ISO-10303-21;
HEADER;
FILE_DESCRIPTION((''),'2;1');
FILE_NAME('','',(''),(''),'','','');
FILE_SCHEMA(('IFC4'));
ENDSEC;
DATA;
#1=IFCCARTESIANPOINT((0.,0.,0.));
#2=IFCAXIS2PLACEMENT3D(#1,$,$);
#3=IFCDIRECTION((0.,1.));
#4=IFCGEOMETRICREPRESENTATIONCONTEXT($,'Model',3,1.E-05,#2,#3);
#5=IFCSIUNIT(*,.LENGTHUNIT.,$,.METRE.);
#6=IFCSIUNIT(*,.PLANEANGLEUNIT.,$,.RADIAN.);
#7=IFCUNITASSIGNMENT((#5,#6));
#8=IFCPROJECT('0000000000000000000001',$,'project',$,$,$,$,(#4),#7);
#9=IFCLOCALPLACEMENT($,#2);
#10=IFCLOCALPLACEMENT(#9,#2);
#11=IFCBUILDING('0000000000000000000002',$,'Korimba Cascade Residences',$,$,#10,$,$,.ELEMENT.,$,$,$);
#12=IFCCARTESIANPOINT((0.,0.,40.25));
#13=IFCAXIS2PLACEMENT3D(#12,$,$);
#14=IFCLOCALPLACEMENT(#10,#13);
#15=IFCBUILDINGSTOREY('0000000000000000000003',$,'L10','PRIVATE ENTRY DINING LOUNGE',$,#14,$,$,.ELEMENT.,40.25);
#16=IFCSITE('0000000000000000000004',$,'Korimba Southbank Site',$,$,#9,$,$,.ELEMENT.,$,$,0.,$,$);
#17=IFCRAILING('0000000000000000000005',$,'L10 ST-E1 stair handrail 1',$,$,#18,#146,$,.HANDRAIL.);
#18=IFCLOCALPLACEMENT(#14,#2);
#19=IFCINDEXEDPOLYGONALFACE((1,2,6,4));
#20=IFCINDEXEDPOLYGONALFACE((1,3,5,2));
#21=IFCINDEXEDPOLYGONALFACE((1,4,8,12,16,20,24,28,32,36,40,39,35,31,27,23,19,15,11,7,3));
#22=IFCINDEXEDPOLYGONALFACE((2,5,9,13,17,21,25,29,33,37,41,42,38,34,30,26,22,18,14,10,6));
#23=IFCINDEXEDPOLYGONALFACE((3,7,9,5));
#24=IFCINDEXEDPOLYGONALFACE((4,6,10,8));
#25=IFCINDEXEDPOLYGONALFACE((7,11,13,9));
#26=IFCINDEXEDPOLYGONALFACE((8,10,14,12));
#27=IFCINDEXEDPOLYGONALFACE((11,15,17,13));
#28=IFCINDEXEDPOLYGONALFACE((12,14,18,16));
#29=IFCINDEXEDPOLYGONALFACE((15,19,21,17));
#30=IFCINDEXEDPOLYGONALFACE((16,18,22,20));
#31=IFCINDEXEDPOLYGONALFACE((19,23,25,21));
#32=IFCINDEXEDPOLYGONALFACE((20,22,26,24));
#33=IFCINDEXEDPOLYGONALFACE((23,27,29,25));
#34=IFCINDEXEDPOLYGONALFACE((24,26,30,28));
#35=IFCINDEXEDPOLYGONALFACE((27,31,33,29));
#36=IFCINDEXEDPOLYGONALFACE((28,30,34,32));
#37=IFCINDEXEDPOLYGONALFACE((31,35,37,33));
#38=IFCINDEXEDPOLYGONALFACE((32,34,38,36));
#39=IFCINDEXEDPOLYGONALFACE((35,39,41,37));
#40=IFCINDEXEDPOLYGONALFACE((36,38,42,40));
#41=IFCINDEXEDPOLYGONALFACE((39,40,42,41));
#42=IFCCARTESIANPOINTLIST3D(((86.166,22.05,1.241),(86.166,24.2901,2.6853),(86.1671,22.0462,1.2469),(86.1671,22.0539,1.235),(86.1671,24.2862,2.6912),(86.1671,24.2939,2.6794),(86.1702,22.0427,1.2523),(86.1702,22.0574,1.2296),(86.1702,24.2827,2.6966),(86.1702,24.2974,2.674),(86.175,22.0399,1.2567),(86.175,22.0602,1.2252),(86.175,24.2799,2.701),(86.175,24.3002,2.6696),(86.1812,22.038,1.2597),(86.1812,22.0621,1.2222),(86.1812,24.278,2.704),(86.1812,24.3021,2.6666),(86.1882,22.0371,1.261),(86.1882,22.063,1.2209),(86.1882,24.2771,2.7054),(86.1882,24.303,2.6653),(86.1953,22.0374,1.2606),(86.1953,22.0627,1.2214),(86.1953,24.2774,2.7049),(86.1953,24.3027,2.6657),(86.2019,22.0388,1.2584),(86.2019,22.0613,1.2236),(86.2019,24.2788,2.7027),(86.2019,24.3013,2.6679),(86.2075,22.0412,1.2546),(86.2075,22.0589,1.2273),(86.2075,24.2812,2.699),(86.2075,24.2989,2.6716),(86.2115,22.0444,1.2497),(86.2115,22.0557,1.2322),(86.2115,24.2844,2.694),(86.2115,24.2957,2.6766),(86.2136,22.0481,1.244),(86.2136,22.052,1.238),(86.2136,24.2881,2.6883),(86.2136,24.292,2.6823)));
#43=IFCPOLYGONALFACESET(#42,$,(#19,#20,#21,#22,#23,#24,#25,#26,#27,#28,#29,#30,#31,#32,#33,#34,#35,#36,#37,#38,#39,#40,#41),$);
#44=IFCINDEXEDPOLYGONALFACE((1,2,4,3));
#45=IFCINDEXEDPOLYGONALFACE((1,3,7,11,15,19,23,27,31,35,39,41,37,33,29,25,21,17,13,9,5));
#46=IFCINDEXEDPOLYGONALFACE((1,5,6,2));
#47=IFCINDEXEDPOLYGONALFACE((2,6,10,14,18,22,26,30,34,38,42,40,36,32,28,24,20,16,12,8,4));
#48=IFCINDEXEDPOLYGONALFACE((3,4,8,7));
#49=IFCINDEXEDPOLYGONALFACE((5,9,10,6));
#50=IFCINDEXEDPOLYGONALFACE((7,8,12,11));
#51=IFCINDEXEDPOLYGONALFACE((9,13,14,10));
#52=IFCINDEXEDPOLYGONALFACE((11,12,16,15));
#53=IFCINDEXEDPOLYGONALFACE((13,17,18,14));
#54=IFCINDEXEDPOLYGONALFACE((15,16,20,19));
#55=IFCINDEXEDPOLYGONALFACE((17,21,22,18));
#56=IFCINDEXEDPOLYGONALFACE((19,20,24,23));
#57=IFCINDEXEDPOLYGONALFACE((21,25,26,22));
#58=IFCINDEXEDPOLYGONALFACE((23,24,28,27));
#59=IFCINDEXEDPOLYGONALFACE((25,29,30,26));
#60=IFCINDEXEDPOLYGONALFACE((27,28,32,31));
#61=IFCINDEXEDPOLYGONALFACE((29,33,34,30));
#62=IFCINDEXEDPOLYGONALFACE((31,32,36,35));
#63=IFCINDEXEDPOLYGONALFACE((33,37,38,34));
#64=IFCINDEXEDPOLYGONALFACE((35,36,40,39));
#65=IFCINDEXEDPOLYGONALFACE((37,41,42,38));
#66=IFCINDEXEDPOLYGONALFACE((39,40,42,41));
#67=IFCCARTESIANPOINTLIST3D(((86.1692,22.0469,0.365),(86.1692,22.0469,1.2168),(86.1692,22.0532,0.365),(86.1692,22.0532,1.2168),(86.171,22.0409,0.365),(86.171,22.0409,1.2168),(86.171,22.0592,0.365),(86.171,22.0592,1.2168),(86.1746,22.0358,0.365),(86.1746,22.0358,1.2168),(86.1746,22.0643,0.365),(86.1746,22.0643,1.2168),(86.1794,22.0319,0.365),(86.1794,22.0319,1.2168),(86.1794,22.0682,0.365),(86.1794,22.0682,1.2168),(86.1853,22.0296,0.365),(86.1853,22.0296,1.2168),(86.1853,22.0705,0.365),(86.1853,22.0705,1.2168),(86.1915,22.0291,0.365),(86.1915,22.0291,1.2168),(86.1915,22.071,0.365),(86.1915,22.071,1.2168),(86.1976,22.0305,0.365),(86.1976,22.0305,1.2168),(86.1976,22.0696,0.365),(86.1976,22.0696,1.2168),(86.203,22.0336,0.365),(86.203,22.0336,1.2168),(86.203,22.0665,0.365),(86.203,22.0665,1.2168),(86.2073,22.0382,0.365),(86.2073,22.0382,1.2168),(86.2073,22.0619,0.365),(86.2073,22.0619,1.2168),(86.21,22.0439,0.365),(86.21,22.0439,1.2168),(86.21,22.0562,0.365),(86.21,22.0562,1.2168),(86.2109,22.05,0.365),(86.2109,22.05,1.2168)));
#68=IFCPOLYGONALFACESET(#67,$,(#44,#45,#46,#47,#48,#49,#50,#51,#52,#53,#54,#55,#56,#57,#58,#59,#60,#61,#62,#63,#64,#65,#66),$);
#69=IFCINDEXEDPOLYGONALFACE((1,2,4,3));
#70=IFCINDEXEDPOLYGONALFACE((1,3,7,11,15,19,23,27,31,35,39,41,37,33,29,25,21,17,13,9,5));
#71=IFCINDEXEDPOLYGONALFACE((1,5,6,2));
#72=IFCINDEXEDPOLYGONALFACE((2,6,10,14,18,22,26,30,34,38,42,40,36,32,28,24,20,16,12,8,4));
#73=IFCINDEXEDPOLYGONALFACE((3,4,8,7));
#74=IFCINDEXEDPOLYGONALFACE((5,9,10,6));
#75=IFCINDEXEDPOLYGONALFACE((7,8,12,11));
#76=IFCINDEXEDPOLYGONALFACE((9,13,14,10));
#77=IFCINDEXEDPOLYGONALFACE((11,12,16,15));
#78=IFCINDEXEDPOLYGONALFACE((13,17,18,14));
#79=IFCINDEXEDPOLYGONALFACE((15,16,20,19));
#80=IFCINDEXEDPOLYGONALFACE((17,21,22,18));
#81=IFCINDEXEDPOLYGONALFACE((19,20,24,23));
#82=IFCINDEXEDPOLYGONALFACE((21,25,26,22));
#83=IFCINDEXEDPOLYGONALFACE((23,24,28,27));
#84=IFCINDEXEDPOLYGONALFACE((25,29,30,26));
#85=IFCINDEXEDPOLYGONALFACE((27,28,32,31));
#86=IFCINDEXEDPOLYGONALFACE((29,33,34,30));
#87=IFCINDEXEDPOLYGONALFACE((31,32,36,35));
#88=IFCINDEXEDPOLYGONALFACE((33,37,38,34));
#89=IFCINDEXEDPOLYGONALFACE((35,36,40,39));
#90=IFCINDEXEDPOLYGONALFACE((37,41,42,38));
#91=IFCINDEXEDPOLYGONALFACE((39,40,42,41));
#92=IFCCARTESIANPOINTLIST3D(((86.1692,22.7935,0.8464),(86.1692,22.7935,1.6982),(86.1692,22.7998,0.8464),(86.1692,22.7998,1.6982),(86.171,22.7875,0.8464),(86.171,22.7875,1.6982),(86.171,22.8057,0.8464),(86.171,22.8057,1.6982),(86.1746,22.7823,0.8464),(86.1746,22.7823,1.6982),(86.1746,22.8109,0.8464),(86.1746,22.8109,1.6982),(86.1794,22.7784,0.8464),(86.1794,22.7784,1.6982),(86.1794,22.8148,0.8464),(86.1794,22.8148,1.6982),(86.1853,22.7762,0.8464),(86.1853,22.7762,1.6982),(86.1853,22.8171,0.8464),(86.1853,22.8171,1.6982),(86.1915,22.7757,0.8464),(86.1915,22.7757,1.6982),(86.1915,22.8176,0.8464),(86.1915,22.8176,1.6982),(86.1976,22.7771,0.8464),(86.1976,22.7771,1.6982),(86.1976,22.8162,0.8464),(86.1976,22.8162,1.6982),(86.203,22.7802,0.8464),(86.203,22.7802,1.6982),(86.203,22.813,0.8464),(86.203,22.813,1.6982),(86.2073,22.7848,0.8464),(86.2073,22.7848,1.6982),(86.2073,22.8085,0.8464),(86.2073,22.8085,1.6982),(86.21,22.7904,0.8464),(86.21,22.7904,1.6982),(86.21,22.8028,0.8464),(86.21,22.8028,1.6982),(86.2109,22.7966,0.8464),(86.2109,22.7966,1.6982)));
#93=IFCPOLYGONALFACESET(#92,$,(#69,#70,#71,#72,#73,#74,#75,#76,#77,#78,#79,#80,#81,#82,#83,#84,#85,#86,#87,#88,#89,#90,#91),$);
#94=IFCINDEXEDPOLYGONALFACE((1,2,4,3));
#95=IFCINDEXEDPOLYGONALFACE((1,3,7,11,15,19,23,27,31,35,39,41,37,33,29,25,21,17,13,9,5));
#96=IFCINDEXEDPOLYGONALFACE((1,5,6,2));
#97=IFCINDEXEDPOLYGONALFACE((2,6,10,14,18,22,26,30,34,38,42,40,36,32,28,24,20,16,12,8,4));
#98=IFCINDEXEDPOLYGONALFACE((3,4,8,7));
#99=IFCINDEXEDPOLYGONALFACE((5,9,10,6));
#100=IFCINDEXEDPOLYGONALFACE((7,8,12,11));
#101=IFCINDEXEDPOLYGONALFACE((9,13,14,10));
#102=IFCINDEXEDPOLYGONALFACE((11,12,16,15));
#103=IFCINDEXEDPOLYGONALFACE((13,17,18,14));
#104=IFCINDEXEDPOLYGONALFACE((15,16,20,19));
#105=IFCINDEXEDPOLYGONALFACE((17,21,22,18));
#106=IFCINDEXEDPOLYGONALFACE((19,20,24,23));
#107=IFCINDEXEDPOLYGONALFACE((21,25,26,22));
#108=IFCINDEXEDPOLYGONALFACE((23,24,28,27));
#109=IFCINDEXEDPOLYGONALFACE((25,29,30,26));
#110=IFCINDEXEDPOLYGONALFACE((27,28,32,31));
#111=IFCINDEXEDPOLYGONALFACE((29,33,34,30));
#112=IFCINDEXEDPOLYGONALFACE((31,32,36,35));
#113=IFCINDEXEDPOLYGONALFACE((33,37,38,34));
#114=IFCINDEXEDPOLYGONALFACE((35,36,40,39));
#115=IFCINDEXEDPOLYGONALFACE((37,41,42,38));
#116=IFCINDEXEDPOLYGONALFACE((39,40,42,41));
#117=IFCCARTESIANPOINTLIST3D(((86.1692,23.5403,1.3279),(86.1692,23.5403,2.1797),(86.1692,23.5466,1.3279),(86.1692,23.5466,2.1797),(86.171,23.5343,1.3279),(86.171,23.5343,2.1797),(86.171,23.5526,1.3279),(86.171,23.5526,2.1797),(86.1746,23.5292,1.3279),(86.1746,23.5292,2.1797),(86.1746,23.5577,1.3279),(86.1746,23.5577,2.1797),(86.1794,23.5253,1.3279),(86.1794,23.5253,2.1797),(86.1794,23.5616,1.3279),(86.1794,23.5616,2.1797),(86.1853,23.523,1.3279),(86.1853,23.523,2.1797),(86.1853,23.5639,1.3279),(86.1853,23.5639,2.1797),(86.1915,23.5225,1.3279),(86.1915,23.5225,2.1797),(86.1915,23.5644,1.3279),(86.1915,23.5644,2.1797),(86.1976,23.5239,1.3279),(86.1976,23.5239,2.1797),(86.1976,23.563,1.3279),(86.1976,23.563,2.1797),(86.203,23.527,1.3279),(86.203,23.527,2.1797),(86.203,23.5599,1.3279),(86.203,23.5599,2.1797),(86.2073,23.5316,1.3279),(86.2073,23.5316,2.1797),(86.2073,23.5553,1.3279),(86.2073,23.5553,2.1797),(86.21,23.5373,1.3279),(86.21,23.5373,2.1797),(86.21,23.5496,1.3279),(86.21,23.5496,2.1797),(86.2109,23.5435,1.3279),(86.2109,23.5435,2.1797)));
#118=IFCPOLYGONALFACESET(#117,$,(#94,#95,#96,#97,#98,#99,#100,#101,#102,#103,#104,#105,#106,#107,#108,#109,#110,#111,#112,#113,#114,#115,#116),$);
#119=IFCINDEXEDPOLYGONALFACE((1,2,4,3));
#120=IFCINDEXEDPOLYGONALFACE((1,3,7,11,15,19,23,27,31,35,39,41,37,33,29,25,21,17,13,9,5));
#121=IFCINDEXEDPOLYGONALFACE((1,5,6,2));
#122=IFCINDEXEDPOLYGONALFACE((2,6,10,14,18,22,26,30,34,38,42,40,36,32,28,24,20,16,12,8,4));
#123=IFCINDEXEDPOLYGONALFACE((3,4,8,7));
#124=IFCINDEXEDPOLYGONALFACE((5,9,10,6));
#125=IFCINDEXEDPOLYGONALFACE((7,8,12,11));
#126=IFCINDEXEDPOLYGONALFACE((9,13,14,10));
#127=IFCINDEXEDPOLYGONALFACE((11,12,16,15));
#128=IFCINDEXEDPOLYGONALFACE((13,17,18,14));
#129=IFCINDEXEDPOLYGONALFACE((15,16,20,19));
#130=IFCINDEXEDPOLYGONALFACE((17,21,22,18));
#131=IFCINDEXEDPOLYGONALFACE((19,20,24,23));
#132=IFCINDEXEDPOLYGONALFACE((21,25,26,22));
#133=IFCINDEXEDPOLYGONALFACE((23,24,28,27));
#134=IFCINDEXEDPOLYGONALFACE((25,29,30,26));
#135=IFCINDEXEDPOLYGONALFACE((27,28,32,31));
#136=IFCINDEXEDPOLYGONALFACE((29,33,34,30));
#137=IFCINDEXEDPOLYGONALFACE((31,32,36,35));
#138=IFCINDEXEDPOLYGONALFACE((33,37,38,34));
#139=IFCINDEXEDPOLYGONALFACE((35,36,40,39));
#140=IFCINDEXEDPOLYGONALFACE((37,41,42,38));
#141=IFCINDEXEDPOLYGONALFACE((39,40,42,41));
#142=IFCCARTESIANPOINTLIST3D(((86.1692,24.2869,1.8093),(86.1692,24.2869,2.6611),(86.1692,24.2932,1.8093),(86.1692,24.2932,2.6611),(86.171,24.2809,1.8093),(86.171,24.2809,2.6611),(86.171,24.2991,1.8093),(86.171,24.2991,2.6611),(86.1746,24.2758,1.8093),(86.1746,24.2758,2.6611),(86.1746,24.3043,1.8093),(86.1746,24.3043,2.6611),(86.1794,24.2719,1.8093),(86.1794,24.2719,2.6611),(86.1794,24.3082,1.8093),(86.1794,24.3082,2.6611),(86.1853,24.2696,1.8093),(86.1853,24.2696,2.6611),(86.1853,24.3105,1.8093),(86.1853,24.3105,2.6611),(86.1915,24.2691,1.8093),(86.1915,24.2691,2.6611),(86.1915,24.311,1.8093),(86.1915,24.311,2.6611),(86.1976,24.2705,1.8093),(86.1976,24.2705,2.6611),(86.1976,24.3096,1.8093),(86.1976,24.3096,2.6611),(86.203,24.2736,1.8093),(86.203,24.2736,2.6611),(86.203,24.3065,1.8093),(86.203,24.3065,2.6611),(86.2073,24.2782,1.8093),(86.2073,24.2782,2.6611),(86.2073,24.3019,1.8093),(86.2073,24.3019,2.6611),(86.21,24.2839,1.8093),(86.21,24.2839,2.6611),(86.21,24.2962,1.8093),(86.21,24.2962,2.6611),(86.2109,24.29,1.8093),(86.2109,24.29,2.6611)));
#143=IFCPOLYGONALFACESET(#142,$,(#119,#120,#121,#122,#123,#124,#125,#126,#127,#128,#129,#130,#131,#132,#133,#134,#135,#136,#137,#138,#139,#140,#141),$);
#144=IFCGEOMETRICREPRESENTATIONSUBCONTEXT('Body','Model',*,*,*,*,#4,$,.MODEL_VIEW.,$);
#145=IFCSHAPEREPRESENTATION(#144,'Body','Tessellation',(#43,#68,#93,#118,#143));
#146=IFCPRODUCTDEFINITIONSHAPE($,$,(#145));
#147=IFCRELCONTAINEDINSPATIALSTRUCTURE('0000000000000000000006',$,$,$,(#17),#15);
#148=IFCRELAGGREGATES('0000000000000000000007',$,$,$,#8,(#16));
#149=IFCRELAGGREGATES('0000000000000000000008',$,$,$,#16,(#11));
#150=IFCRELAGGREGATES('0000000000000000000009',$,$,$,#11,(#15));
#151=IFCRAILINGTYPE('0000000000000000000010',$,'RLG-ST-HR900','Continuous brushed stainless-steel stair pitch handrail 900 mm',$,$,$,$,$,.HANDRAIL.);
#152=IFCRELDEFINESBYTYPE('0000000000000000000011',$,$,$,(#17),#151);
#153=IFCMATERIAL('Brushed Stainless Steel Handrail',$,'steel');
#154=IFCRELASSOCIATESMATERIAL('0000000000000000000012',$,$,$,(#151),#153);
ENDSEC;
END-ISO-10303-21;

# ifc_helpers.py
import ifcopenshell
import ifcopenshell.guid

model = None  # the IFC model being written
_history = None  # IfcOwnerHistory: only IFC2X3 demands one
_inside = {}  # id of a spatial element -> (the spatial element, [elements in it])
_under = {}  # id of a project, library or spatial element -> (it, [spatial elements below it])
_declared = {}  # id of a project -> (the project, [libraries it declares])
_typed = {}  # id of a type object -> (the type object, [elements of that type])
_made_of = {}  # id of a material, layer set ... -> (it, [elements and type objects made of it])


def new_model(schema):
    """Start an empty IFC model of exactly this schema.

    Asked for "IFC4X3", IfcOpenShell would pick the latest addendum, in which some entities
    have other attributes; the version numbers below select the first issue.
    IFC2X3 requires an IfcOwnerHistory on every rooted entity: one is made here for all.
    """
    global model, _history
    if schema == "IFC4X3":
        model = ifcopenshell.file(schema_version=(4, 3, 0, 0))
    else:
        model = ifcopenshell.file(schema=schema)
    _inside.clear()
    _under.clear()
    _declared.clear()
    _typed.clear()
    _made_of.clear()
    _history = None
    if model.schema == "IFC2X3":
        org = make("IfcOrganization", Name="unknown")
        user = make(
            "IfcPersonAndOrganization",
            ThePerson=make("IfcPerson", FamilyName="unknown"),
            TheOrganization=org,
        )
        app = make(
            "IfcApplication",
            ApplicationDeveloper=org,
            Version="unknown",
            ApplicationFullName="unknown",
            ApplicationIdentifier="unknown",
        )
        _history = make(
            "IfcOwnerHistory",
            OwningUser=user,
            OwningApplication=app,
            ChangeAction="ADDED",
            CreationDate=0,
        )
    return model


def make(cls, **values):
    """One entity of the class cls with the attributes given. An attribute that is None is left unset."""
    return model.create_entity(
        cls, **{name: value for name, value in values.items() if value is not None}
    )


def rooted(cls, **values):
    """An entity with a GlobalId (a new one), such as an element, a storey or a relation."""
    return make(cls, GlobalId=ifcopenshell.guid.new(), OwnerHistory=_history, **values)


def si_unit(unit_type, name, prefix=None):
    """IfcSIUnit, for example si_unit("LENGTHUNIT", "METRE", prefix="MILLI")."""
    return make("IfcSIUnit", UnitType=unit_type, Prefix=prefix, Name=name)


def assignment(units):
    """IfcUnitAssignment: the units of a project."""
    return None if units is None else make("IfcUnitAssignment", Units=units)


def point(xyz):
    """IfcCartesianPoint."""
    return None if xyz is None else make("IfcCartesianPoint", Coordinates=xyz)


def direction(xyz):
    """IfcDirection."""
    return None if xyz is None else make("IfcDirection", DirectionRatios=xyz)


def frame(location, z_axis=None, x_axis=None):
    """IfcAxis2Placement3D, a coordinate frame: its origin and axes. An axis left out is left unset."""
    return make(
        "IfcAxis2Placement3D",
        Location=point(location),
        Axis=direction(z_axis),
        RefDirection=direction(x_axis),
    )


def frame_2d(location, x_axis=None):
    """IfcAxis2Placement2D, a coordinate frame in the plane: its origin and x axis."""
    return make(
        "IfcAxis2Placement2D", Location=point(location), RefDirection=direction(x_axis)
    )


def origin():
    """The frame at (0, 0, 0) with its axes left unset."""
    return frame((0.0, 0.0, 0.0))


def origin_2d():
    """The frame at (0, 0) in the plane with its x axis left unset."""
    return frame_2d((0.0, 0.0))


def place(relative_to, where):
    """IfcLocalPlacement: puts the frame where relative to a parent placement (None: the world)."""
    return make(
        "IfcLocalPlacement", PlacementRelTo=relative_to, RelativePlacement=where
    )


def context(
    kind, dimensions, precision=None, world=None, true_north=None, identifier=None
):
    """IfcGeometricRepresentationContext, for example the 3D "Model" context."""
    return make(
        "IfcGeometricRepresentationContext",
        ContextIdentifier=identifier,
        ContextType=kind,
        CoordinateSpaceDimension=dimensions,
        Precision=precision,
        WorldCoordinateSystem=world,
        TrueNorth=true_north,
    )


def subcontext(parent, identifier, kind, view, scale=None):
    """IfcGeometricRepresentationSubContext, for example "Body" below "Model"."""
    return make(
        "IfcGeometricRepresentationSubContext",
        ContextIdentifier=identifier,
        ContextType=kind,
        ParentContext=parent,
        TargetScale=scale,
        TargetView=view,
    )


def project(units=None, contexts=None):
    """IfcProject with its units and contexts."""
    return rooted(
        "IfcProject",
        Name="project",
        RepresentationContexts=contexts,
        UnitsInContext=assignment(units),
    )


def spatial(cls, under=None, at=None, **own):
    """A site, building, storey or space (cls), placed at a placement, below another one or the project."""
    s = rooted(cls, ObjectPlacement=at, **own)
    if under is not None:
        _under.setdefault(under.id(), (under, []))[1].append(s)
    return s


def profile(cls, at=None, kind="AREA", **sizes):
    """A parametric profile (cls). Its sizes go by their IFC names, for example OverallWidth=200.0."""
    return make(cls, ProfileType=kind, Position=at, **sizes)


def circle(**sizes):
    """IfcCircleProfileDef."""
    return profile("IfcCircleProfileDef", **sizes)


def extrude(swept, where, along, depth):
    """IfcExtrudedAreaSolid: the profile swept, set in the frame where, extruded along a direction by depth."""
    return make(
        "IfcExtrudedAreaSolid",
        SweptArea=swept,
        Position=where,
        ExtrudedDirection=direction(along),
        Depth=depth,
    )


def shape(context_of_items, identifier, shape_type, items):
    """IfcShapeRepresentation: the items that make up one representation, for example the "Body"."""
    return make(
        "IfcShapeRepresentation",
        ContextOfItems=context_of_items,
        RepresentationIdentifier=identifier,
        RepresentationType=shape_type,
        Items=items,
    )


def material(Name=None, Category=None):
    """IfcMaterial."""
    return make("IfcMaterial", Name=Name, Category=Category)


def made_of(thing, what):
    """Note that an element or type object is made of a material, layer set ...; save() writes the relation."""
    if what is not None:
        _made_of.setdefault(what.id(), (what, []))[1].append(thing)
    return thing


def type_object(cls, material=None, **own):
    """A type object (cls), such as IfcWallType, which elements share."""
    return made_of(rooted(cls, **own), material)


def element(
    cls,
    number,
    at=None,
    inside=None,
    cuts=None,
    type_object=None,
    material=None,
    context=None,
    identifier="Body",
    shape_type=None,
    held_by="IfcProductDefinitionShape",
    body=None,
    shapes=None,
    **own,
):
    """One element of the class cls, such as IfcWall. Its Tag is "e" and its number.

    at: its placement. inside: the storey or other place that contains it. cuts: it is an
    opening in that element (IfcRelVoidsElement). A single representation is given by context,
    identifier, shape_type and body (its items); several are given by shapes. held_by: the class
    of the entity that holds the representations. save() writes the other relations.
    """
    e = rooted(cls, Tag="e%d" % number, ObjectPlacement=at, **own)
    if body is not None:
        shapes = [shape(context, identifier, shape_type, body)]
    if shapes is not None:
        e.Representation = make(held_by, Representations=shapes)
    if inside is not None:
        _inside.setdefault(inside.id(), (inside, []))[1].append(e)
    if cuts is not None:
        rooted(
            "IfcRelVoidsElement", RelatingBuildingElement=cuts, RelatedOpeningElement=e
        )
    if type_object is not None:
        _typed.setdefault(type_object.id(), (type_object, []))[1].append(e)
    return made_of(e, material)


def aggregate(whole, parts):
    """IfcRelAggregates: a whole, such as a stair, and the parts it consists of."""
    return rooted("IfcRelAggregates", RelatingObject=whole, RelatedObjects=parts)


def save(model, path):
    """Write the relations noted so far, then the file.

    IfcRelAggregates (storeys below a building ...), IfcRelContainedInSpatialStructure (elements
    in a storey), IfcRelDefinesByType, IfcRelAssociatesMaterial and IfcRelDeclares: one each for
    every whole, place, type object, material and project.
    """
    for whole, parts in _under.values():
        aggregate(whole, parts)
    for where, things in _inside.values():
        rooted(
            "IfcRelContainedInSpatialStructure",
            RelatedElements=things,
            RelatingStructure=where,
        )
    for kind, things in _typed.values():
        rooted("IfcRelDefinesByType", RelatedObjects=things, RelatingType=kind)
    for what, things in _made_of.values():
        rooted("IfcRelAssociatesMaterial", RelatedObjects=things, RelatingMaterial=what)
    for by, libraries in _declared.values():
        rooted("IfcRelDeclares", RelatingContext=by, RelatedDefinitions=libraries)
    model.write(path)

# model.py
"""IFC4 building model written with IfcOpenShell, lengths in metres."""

from ifc_helpers import new_model, si_unit, direction, frame, origin, origin_2d, place, context, subcontext, project, spatial, circle, extrude, material, type_object, element, save


model = new_model("IFC4")

# Units and contexts
model_context = context("Model", 3, precision=1e-05, world=origin(), true_north=direction((0.0, 1.0)))
body_context = subcontext(model_context, "Body", "Model", "MODEL_VIEW")
ifc_project = project(units=[si_unit("LENGTHUNIT", "METRE"), si_unit("PLANEANGLEUNIT", "RADIAN")], contexts=[model_context])

# Site, building, storey
site_placement = place(None, origin())
site = spatial("IfcSite", under=ifc_project, at=site_placement, Name="Korimba Southbank Site", CompositionType="ELEMENT", RefElevation=0.0)
building_placement = place(site_placement, origin())
building = spatial("IfcBuilding", under=site, at=building_placement, Name="Korimba Cascade Residences", CompositionType="ELEMENT")
storey_placement = place(building_placement, frame((0.0, 0.0, 40.25)))
storey = spatial("IfcBuildingStorey", under=building, at=storey_placement, Name="L10", Description="PRIVATE ENTRY DINING LOUNGE", CompositionType="ELEMENT", Elevation=40.25)

# Railing
ifc_material_1 = material(Name="Brushed Stainless Steel Handrail", Category="steel")
railing_type = type_object("IfcRailingType", Name="RLG-ST-HR900", Description="Continuous brushed stainless-steel stair pitch handrail 900 mm", PredefinedType="HANDRAIL", material=ifc_material_1)
railing_placement = place(storey_placement, frame((86.1899, 22.05, 0.365)))
element("IfcRailing", 1, at=railing_placement, inside=storey, type_object=railing_type, Name="L10 ST-E1 stair handrail 1", PredefinedType="HANDRAIL", context=body_context, shape_type="SweptSolid", body=[
    extrude(circle(Radius=0.0239, at=origin_2d()), frame((0.0, 0.0, 0.876), z_axis=(0.0, 0.840437, 0.54191), x_axis=(-1.0, 0.0, 0.0)), (0.0, 0.0, 1.0), 2.6653),
    extrude(circle(Radius=0.021, at=origin_2d()), origin(), (0.0, 0.0, 1.0), 0.8518),
    extrude(circle(Radius=0.021, at=origin_2d()), frame((0.0, 0.7466, 0.4814)), (0.0, 0.0, 1.0), 0.8518),
    extrude(circle(Radius=0.021, at=origin_2d()), frame((0.0, 1.4934, 0.9629)), (0.0, 0.0, 1.0), 0.8518),
    extrude(circle(Radius=0.021, at=origin_2d()), frame((0.0, 2.24, 1.4443)), (0.0, 0.0, 1.0), 0.8518),
])

save(model, "model.ifc")
